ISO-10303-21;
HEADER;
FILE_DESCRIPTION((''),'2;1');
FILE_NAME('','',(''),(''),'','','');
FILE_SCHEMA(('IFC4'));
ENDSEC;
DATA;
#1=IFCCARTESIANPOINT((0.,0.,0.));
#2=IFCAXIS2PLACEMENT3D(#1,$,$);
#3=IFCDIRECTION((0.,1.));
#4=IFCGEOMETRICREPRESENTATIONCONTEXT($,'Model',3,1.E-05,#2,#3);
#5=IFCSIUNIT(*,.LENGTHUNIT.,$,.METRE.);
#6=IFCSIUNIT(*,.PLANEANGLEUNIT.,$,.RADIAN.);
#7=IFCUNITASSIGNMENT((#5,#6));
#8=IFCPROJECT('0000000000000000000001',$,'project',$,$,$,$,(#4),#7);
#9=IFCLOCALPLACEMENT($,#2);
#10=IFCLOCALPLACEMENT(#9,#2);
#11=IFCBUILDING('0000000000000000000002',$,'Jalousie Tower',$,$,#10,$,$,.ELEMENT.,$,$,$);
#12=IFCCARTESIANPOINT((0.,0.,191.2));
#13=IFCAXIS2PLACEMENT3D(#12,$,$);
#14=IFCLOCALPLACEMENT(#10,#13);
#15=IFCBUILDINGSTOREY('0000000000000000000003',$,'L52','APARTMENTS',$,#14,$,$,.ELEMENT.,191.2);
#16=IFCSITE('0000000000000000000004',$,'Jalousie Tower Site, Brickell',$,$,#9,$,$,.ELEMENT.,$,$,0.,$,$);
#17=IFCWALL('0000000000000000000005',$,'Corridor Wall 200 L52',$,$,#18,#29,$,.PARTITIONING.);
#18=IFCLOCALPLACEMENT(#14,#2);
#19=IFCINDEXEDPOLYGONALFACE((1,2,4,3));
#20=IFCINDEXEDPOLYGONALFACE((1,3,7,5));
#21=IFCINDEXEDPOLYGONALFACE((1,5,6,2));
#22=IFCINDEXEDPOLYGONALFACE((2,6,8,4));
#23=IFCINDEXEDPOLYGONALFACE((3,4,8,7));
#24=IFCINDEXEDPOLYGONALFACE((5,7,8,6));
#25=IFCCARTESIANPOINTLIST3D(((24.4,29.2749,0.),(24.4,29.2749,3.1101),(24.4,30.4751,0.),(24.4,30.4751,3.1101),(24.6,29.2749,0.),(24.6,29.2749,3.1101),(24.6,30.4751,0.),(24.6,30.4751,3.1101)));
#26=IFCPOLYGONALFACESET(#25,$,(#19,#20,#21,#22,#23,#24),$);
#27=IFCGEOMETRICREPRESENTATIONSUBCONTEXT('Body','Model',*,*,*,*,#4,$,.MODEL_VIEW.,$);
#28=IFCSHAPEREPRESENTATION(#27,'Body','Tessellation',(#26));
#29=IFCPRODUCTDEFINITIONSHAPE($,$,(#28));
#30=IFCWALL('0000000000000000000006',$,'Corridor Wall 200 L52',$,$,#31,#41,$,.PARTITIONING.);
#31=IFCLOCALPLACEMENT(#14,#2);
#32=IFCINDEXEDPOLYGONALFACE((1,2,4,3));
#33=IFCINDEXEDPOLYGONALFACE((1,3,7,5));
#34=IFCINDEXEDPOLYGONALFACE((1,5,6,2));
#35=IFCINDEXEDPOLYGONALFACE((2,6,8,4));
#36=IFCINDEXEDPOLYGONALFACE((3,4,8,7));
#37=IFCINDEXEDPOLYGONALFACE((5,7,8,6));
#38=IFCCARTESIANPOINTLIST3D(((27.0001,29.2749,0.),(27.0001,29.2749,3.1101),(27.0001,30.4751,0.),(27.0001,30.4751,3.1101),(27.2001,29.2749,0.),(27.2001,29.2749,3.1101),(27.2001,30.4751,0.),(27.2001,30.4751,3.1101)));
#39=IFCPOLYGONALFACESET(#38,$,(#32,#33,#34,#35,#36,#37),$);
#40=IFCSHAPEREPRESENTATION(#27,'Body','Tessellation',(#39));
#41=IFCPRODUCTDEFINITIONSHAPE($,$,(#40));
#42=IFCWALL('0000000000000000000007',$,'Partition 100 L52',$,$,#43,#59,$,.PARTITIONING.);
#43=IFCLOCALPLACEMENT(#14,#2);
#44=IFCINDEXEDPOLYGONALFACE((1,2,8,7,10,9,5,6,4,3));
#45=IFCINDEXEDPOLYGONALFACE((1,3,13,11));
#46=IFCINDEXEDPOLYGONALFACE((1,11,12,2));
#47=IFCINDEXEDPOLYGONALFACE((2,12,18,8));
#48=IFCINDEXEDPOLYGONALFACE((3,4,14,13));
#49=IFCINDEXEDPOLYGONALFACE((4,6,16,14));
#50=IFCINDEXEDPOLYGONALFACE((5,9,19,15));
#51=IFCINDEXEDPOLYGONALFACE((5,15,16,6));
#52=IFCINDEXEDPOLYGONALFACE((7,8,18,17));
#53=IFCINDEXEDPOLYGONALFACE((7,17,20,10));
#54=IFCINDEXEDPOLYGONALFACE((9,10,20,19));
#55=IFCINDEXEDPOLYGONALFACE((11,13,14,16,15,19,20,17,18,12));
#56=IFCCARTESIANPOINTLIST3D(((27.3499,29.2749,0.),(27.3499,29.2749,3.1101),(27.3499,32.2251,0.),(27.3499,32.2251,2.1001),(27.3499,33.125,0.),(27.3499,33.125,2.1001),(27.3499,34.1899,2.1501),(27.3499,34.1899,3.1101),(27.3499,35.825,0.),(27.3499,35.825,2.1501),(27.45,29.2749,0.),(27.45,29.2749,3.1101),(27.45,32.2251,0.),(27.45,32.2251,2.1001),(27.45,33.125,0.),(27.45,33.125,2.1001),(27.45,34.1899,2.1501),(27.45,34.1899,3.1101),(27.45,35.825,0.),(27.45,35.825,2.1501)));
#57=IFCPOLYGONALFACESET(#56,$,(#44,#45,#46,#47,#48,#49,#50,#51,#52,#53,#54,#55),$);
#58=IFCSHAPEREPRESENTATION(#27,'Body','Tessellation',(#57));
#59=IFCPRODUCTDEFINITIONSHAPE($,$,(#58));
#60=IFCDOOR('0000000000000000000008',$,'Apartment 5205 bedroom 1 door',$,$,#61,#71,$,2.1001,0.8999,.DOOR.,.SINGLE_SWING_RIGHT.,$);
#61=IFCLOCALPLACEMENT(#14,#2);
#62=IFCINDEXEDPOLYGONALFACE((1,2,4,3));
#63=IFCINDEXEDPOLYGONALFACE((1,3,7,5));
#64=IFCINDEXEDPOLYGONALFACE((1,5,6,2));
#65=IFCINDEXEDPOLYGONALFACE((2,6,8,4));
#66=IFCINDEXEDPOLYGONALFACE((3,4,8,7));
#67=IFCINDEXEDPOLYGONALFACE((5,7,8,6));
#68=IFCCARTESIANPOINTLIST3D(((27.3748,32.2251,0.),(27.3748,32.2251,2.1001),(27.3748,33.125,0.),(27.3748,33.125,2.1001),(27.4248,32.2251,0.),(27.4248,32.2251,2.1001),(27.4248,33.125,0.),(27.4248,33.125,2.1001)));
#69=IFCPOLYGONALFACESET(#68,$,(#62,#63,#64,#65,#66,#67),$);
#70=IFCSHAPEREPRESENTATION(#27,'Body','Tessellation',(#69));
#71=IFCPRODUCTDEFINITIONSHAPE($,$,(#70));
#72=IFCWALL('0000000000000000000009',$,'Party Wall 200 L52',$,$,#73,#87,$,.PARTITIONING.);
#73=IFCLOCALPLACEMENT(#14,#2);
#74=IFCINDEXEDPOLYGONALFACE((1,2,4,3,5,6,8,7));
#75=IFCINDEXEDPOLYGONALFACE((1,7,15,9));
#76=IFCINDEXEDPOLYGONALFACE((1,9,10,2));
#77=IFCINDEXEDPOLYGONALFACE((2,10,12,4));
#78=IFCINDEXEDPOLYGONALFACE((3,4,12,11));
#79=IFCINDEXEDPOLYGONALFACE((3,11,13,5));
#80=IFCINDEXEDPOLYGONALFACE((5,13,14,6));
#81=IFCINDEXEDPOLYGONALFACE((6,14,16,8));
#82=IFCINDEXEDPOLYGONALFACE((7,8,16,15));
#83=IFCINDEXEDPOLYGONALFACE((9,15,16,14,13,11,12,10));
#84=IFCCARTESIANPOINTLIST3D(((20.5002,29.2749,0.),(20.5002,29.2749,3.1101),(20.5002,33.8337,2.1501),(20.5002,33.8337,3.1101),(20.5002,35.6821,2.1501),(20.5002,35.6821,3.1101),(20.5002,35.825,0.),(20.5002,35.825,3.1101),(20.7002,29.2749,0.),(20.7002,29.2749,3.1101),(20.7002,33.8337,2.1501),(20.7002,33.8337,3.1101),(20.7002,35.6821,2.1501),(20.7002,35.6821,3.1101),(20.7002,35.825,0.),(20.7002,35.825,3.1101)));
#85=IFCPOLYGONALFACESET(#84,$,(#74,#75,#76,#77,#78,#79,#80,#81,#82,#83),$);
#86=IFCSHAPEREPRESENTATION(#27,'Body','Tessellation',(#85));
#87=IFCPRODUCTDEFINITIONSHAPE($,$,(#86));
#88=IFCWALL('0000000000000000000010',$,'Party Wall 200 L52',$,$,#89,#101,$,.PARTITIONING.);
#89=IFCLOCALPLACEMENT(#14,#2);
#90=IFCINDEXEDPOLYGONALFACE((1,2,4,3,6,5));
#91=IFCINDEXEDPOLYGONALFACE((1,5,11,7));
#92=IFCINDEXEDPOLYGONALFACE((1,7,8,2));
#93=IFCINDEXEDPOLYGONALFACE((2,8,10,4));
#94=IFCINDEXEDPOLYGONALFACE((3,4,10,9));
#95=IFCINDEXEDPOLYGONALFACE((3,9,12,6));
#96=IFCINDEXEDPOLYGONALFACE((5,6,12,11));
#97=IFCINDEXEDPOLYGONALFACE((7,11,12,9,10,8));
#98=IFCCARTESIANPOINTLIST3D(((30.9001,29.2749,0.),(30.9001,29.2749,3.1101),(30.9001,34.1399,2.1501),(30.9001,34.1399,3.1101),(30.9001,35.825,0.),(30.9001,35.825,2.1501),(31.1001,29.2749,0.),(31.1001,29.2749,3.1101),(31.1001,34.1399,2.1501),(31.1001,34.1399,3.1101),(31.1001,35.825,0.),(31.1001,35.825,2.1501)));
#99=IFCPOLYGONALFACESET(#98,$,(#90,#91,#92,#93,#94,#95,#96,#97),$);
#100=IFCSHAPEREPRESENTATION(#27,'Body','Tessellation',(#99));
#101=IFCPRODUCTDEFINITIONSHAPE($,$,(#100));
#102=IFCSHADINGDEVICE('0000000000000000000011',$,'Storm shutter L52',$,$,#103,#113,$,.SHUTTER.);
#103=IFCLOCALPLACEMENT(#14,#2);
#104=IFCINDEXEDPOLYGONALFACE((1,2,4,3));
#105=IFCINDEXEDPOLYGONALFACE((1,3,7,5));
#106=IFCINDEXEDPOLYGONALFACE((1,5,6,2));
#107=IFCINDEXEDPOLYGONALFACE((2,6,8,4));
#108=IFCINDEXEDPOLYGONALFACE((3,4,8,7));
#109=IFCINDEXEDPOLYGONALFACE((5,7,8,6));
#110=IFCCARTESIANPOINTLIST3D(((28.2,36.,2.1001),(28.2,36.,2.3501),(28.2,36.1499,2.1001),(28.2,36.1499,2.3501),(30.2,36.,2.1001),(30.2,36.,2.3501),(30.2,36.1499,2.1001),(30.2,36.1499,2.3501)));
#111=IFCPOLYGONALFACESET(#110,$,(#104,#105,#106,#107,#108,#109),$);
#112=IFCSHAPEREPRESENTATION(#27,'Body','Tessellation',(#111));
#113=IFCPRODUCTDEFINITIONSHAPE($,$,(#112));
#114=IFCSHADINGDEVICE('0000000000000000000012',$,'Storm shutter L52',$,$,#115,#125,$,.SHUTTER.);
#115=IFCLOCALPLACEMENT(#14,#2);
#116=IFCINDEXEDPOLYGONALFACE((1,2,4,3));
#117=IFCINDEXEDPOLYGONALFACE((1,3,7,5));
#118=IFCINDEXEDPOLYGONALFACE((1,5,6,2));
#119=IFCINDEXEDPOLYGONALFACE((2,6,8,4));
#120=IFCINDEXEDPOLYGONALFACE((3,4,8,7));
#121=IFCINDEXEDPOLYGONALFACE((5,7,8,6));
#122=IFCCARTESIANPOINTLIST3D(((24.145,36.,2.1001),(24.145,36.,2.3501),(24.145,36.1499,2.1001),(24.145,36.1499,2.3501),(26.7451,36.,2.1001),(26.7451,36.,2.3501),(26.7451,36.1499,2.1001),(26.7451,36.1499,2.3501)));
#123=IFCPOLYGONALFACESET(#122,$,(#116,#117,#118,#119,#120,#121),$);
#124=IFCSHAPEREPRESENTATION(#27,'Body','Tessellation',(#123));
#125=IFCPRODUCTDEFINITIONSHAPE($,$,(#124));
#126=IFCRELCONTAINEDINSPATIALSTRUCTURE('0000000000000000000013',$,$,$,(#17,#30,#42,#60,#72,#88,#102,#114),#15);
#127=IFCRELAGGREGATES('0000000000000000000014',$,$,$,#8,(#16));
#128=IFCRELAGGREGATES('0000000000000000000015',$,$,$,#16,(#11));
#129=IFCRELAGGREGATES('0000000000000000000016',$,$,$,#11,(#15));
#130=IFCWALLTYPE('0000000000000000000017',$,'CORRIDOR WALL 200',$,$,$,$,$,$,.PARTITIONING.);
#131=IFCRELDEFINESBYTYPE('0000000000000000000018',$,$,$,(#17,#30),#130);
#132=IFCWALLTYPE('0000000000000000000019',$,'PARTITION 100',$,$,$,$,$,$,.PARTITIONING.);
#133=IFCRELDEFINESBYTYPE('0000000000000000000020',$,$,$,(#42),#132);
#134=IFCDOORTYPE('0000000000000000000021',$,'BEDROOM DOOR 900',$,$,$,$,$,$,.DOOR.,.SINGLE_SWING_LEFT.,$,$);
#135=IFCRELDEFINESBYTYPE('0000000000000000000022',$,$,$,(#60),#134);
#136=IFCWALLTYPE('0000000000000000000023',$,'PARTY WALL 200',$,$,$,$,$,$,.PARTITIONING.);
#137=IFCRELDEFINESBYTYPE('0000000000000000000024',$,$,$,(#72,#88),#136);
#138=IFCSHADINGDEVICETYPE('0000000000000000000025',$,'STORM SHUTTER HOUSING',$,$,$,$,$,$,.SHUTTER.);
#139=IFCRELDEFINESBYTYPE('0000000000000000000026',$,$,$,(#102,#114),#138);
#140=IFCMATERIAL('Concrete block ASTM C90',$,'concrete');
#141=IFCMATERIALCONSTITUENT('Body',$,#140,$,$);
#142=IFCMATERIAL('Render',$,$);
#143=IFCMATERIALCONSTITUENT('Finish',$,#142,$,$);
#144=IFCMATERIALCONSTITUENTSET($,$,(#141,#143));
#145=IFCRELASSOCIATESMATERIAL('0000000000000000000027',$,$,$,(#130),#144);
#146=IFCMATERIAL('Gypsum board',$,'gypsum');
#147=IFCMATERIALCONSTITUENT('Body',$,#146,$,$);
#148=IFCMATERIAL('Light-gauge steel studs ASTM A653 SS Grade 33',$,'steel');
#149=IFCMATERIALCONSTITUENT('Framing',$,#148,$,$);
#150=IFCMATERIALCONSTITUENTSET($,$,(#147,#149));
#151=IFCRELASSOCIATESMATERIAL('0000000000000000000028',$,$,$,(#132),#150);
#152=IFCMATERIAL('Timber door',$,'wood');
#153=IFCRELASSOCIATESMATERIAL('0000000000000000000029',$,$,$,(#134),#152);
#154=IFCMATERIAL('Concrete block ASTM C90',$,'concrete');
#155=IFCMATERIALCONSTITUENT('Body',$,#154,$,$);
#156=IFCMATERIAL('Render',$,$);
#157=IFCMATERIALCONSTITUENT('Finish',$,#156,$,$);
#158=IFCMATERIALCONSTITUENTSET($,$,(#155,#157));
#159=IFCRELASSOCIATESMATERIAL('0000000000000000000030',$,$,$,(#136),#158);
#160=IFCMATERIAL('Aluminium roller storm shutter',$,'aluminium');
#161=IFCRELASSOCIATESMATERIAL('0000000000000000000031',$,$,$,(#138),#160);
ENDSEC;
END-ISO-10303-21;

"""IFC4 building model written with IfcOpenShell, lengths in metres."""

from ifc_helpers import new_model, si_unit, direction, frame, frame_2d, origin, origin_2d, place, context, subcontext, project, spatial, polyline, rectangle, outline, extrude, material, constituent, constituent_set, type_object, element, fill, save


model = new_model("IFC4")

# Units and contexts
model_context = context("Model", 3, precision=1e-05, world=origin(), true_north=direction((0.0, 1.0)))
body_context = subcontext(model_context, "Body", "Model", "MODEL_VIEW")
ifc_project = project(units=[si_unit("LENGTHUNIT", "METRE"), si_unit("PLANEANGLEUNIT", "RADIAN")], contexts=[model_context])

# Site, building, storey
site_placement = place(None, origin())
site = spatial("IfcSite", under=ifc_project, at=site_placement, Name="Jalousie Tower Site, Brickell", CompositionType="ELEMENT", RefElevation=0.0)
building_placement = place(site_placement, origin())
building = spatial("IfcBuilding", under=site, at=building_placement, Name="Jalousie Tower", CompositionType="ELEMENT")
storey_placement = place(building_placement, frame((0.0, 0.0, 191.2)))
storey = spatial("IfcBuildingStorey", under=building, at=storey_placement, Name="L52", Description="APARTMENTS", CompositionType="ELEMENT", Elevation=191.2)

# Shared definitions
ifc_material_1 = material(Name="Concrete block ASTM C90", Category="concrete")
ifc_constituent_1 = constituent(ifc_material_1, Name="Body")
ifc_material_2 = material(Name="Render")
ifc_constituent_2 = constituent(ifc_material_2, Name="Finish")
ifc_constituent_set_1 = constituent_set(constituents=[ifc_constituent_1, ifc_constituent_2])
wall_type_1 = type_object("IfcWallType", Name="CORRIDOR WALL 200", PredefinedType="PARTITIONING", material=ifc_constituent_set_1)

# Walls
for number, where, z_axis, x_axis, name in (
    (1, (24.5, 29.2749, 0.0), (0.0, 0.0, 1.0), (0.0, 1.0, 0.0), "Corridor Wall 200 L52"),
    (2, (27.1001, 29.2749, 0.0), (0.0, 0.0, 1.0), (0.0, 1.0, 0.0), "Corridor Wall 200 L52"),
):
    element("IfcWall", number, at=place(storey_placement, frame(where, z_axis=z_axis, x_axis=x_axis)), inside=storey, type_object=wall_type_1, Name=name, PredefinedType="PARTITIONING", context=body_context, shape_type="SweptSolid", body=[
        extrude(rectangle(XDim=1.2002, YDim=0.2, at=frame_2d((0.6001, 0.0))), origin(), (0.0, 0.0, 1.0), 3.1101),
    ])

# Wall, opening, door
ifc_material_3 = material(Name="Gypsum board", Category="gypsum")
ifc_constituent_3 = constituent(ifc_material_3, Name="Body")
ifc_material_4 = material(Name="Light-gauge steel studs ASTM A653 SS Grade 33", Category="steel")
ifc_constituent_4 = constituent(ifc_material_4, Name="Framing")
ifc_constituent_set_2 = constituent_set(constituents=[ifc_constituent_3, ifc_constituent_4])
wall_type_2 = type_object("IfcWallType", Name="PARTITION 100", PredefinedType="PARTITIONING", material=ifc_constituent_set_2)
wall_1_placement = place(storey_placement, frame((27.3999, 35.825, 0.0), z_axis=(0.0, 0.0, 1.0), x_axis=(0.0, -1.0, 0.0)))
wall_1 = element("IfcWall", 3, at=wall_1_placement, inside=storey, type_object=wall_type_2, Name="Partition 100 L52", PredefinedType="PARTITIONING", context=body_context, shape_type="SweptSolid", body=[
    extrude(outline(polyline([(0.0, 0.0), (6.55, 0.0), (6.55, 3.1101), (1.635, 3.1101), (1.635, 2.1501), (0.0, 2.1501), (0.0, 3.1101), (0.0, 0.0)])), frame((0.0, 0.05, 0.0), z_axis=(0.0, -1.0, 0.0), x_axis=(1.0, 0.0, 0.0)), (0.0, 0.0, 1.0), 0.1001),
])
opening_1_placement = place(wall_1_placement, frame((2.7, 0.0, 0.0)))
opening_1 = element("IfcOpeningElement", 4, at=opening_1_placement, cuts=wall_1, PredefinedType="OPENING", context=body_context, shape_type="SweptSolid", body=[
    extrude(rectangle(XDim=0.8999, YDim=2.1001, at=frame_2d((0.45, 1.05))), frame((0.0, 0.0601, 0.0), z_axis=(0.0, -1.0, 0.0), x_axis=(1.0, 0.0, 0.0)), (0.0, 0.0, 1.0), 0.1201),
])
ifc_material_5 = material(Name="Timber door", Category="wood")
door_type_1 = type_object("IfcDoorType", Name="BEDROOM DOOR 900", OperationType="SINGLE_SWING_LEFT", PredefinedType="DOOR", material=ifc_material_5)
door_1_placement = place(opening_1_placement, origin())
door_1 = element("IfcDoor", 5, at=door_1_placement, inside=storey, type_object=door_type_1, Name="Apartment 5205 bedroom 1 door", OperationType="SINGLE_SWING_RIGHT", OverallHeight=2.1001, OverallWidth=0.8999, PredefinedType="DOOR", context=body_context, shape_type="SweptSolid", body=[
    extrude(rectangle(XDim=0.8999, YDim=2.1001, at=frame_2d((0.45, 1.05))), frame((0.0, 0.0249, 0.0), z_axis=(0.0, -1.0, 0.0), x_axis=(1.0, 0.0, 0.0)), (0.0, 0.0, 1.0), 0.05),
])
fill(opening_1, door_1)

# Walls
ifc_material_6 = material(Name="Concrete block ASTM C90", Category="concrete")
ifc_constituent_5 = constituent(ifc_material_6, Name="Body")
ifc_material_7 = material(Name="Render")
ifc_constituent_6 = constituent(ifc_material_7, Name="Finish")
ifc_constituent_set_3 = constituent_set(constituents=[ifc_constituent_5, ifc_constituent_6])
wall_type_3 = type_object("IfcWallType", Name="PARTY WALL 200", PredefinedType="PARTITIONING", material=ifc_constituent_set_3)
wall_2_placement = place(storey_placement, frame((20.6001, 35.825, 0.0), z_axis=(0.0, 0.0, 1.0), x_axis=(0.0, -1.0, 0.0)))
element("IfcWall", 6, at=wall_2_placement, inside=storey, type_object=wall_type_3, Name="Party Wall 200 L52", PredefinedType="PARTITIONING", context=body_context, shape_type="SweptSolid", body=[
    extrude(outline(polyline([(0.0, 0.0), (6.55, 0.0), (6.55, 3.1101), (1.9912, 3.1101), (1.9912, 2.1501), (0.1428, 2.1501), (0.1428, 3.1101), (0.0, 3.1101), (0.0, 0.0)])), frame((0.0, 0.1001, 0.0), z_axis=(0.0, -1.0, 0.0), x_axis=(1.0, 0.0, 0.0)), (0.0, 0.0, 1.0), 0.2),
])
wall_3_placement = place(storey_placement, frame((31.0, 35.825, 0.0), z_axis=(0.0, 0.0, 1.0), x_axis=(0.0, -1.0, 0.0)))
element("IfcWall", 7, at=wall_3_placement, inside=storey, type_object=wall_type_3, Name="Party Wall 200 L52", PredefinedType="PARTITIONING", context=body_context, shape_type="SweptSolid", body=[
    extrude(outline(polyline([(0.0, 0.0), (6.55, 0.0), (6.55, 3.1101), (1.6851, 3.1101), (1.6851, 2.1501), (0.0, 2.1501), (0.0, 3.1101), (0.0, 0.0)])), frame((0.0, 0.1001, 0.0), z_axis=(0.0, -1.0, 0.0), x_axis=(1.0, 0.0, 0.0)), (0.0, 0.0, 1.0), 0.2),
])

# Shading devices
ifc_material_8 = material(Name="Aluminium roller storm shutter", Category="aluminium")
shading_device_type = type_object("IfcShadingDeviceType", Name="STORM SHUTTER HOUSING", PredefinedType="SHUTTER", material=ifc_material_8)
shading_device_1_placement = place(storey_placement, frame((29.2, 36.075, 2.1001), z_axis=(0.0, 0.0, 1.0), x_axis=(-1.0, 0.0, 0.0)))
element("IfcShadingDevice", 8, at=shading_device_1_placement, inside=storey, type_object=shading_device_type, Name="Storm shutter L52", PredefinedType="SHUTTER", context=body_context, shape_type="SweptSolid", body=[
    extrude(rectangle(XDim=2.0, YDim=0.1499, at=origin_2d()), origin(), (0.0, 0.0, 1.0), 0.25),
])
shading_device_2_placement = place(storey_placement, frame((25.4451, 36.075, 2.1001), z_axis=(0.0, 0.0, 1.0), x_axis=(-1.0, 0.0, 0.0)))
element("IfcShadingDevice", 9, at=shading_device_2_placement, inside=storey, type_object=shading_device_type, Name="Storm shutter L52", PredefinedType="SHUTTER", context=body_context, shape_type="SweptSolid", body=[
    extrude(rectangle(XDim=2.6001, YDim=0.1499, at=origin_2d()), origin(), (0.0, 0.0, 1.0), 0.25),
])

save(model, "model.ifc")
